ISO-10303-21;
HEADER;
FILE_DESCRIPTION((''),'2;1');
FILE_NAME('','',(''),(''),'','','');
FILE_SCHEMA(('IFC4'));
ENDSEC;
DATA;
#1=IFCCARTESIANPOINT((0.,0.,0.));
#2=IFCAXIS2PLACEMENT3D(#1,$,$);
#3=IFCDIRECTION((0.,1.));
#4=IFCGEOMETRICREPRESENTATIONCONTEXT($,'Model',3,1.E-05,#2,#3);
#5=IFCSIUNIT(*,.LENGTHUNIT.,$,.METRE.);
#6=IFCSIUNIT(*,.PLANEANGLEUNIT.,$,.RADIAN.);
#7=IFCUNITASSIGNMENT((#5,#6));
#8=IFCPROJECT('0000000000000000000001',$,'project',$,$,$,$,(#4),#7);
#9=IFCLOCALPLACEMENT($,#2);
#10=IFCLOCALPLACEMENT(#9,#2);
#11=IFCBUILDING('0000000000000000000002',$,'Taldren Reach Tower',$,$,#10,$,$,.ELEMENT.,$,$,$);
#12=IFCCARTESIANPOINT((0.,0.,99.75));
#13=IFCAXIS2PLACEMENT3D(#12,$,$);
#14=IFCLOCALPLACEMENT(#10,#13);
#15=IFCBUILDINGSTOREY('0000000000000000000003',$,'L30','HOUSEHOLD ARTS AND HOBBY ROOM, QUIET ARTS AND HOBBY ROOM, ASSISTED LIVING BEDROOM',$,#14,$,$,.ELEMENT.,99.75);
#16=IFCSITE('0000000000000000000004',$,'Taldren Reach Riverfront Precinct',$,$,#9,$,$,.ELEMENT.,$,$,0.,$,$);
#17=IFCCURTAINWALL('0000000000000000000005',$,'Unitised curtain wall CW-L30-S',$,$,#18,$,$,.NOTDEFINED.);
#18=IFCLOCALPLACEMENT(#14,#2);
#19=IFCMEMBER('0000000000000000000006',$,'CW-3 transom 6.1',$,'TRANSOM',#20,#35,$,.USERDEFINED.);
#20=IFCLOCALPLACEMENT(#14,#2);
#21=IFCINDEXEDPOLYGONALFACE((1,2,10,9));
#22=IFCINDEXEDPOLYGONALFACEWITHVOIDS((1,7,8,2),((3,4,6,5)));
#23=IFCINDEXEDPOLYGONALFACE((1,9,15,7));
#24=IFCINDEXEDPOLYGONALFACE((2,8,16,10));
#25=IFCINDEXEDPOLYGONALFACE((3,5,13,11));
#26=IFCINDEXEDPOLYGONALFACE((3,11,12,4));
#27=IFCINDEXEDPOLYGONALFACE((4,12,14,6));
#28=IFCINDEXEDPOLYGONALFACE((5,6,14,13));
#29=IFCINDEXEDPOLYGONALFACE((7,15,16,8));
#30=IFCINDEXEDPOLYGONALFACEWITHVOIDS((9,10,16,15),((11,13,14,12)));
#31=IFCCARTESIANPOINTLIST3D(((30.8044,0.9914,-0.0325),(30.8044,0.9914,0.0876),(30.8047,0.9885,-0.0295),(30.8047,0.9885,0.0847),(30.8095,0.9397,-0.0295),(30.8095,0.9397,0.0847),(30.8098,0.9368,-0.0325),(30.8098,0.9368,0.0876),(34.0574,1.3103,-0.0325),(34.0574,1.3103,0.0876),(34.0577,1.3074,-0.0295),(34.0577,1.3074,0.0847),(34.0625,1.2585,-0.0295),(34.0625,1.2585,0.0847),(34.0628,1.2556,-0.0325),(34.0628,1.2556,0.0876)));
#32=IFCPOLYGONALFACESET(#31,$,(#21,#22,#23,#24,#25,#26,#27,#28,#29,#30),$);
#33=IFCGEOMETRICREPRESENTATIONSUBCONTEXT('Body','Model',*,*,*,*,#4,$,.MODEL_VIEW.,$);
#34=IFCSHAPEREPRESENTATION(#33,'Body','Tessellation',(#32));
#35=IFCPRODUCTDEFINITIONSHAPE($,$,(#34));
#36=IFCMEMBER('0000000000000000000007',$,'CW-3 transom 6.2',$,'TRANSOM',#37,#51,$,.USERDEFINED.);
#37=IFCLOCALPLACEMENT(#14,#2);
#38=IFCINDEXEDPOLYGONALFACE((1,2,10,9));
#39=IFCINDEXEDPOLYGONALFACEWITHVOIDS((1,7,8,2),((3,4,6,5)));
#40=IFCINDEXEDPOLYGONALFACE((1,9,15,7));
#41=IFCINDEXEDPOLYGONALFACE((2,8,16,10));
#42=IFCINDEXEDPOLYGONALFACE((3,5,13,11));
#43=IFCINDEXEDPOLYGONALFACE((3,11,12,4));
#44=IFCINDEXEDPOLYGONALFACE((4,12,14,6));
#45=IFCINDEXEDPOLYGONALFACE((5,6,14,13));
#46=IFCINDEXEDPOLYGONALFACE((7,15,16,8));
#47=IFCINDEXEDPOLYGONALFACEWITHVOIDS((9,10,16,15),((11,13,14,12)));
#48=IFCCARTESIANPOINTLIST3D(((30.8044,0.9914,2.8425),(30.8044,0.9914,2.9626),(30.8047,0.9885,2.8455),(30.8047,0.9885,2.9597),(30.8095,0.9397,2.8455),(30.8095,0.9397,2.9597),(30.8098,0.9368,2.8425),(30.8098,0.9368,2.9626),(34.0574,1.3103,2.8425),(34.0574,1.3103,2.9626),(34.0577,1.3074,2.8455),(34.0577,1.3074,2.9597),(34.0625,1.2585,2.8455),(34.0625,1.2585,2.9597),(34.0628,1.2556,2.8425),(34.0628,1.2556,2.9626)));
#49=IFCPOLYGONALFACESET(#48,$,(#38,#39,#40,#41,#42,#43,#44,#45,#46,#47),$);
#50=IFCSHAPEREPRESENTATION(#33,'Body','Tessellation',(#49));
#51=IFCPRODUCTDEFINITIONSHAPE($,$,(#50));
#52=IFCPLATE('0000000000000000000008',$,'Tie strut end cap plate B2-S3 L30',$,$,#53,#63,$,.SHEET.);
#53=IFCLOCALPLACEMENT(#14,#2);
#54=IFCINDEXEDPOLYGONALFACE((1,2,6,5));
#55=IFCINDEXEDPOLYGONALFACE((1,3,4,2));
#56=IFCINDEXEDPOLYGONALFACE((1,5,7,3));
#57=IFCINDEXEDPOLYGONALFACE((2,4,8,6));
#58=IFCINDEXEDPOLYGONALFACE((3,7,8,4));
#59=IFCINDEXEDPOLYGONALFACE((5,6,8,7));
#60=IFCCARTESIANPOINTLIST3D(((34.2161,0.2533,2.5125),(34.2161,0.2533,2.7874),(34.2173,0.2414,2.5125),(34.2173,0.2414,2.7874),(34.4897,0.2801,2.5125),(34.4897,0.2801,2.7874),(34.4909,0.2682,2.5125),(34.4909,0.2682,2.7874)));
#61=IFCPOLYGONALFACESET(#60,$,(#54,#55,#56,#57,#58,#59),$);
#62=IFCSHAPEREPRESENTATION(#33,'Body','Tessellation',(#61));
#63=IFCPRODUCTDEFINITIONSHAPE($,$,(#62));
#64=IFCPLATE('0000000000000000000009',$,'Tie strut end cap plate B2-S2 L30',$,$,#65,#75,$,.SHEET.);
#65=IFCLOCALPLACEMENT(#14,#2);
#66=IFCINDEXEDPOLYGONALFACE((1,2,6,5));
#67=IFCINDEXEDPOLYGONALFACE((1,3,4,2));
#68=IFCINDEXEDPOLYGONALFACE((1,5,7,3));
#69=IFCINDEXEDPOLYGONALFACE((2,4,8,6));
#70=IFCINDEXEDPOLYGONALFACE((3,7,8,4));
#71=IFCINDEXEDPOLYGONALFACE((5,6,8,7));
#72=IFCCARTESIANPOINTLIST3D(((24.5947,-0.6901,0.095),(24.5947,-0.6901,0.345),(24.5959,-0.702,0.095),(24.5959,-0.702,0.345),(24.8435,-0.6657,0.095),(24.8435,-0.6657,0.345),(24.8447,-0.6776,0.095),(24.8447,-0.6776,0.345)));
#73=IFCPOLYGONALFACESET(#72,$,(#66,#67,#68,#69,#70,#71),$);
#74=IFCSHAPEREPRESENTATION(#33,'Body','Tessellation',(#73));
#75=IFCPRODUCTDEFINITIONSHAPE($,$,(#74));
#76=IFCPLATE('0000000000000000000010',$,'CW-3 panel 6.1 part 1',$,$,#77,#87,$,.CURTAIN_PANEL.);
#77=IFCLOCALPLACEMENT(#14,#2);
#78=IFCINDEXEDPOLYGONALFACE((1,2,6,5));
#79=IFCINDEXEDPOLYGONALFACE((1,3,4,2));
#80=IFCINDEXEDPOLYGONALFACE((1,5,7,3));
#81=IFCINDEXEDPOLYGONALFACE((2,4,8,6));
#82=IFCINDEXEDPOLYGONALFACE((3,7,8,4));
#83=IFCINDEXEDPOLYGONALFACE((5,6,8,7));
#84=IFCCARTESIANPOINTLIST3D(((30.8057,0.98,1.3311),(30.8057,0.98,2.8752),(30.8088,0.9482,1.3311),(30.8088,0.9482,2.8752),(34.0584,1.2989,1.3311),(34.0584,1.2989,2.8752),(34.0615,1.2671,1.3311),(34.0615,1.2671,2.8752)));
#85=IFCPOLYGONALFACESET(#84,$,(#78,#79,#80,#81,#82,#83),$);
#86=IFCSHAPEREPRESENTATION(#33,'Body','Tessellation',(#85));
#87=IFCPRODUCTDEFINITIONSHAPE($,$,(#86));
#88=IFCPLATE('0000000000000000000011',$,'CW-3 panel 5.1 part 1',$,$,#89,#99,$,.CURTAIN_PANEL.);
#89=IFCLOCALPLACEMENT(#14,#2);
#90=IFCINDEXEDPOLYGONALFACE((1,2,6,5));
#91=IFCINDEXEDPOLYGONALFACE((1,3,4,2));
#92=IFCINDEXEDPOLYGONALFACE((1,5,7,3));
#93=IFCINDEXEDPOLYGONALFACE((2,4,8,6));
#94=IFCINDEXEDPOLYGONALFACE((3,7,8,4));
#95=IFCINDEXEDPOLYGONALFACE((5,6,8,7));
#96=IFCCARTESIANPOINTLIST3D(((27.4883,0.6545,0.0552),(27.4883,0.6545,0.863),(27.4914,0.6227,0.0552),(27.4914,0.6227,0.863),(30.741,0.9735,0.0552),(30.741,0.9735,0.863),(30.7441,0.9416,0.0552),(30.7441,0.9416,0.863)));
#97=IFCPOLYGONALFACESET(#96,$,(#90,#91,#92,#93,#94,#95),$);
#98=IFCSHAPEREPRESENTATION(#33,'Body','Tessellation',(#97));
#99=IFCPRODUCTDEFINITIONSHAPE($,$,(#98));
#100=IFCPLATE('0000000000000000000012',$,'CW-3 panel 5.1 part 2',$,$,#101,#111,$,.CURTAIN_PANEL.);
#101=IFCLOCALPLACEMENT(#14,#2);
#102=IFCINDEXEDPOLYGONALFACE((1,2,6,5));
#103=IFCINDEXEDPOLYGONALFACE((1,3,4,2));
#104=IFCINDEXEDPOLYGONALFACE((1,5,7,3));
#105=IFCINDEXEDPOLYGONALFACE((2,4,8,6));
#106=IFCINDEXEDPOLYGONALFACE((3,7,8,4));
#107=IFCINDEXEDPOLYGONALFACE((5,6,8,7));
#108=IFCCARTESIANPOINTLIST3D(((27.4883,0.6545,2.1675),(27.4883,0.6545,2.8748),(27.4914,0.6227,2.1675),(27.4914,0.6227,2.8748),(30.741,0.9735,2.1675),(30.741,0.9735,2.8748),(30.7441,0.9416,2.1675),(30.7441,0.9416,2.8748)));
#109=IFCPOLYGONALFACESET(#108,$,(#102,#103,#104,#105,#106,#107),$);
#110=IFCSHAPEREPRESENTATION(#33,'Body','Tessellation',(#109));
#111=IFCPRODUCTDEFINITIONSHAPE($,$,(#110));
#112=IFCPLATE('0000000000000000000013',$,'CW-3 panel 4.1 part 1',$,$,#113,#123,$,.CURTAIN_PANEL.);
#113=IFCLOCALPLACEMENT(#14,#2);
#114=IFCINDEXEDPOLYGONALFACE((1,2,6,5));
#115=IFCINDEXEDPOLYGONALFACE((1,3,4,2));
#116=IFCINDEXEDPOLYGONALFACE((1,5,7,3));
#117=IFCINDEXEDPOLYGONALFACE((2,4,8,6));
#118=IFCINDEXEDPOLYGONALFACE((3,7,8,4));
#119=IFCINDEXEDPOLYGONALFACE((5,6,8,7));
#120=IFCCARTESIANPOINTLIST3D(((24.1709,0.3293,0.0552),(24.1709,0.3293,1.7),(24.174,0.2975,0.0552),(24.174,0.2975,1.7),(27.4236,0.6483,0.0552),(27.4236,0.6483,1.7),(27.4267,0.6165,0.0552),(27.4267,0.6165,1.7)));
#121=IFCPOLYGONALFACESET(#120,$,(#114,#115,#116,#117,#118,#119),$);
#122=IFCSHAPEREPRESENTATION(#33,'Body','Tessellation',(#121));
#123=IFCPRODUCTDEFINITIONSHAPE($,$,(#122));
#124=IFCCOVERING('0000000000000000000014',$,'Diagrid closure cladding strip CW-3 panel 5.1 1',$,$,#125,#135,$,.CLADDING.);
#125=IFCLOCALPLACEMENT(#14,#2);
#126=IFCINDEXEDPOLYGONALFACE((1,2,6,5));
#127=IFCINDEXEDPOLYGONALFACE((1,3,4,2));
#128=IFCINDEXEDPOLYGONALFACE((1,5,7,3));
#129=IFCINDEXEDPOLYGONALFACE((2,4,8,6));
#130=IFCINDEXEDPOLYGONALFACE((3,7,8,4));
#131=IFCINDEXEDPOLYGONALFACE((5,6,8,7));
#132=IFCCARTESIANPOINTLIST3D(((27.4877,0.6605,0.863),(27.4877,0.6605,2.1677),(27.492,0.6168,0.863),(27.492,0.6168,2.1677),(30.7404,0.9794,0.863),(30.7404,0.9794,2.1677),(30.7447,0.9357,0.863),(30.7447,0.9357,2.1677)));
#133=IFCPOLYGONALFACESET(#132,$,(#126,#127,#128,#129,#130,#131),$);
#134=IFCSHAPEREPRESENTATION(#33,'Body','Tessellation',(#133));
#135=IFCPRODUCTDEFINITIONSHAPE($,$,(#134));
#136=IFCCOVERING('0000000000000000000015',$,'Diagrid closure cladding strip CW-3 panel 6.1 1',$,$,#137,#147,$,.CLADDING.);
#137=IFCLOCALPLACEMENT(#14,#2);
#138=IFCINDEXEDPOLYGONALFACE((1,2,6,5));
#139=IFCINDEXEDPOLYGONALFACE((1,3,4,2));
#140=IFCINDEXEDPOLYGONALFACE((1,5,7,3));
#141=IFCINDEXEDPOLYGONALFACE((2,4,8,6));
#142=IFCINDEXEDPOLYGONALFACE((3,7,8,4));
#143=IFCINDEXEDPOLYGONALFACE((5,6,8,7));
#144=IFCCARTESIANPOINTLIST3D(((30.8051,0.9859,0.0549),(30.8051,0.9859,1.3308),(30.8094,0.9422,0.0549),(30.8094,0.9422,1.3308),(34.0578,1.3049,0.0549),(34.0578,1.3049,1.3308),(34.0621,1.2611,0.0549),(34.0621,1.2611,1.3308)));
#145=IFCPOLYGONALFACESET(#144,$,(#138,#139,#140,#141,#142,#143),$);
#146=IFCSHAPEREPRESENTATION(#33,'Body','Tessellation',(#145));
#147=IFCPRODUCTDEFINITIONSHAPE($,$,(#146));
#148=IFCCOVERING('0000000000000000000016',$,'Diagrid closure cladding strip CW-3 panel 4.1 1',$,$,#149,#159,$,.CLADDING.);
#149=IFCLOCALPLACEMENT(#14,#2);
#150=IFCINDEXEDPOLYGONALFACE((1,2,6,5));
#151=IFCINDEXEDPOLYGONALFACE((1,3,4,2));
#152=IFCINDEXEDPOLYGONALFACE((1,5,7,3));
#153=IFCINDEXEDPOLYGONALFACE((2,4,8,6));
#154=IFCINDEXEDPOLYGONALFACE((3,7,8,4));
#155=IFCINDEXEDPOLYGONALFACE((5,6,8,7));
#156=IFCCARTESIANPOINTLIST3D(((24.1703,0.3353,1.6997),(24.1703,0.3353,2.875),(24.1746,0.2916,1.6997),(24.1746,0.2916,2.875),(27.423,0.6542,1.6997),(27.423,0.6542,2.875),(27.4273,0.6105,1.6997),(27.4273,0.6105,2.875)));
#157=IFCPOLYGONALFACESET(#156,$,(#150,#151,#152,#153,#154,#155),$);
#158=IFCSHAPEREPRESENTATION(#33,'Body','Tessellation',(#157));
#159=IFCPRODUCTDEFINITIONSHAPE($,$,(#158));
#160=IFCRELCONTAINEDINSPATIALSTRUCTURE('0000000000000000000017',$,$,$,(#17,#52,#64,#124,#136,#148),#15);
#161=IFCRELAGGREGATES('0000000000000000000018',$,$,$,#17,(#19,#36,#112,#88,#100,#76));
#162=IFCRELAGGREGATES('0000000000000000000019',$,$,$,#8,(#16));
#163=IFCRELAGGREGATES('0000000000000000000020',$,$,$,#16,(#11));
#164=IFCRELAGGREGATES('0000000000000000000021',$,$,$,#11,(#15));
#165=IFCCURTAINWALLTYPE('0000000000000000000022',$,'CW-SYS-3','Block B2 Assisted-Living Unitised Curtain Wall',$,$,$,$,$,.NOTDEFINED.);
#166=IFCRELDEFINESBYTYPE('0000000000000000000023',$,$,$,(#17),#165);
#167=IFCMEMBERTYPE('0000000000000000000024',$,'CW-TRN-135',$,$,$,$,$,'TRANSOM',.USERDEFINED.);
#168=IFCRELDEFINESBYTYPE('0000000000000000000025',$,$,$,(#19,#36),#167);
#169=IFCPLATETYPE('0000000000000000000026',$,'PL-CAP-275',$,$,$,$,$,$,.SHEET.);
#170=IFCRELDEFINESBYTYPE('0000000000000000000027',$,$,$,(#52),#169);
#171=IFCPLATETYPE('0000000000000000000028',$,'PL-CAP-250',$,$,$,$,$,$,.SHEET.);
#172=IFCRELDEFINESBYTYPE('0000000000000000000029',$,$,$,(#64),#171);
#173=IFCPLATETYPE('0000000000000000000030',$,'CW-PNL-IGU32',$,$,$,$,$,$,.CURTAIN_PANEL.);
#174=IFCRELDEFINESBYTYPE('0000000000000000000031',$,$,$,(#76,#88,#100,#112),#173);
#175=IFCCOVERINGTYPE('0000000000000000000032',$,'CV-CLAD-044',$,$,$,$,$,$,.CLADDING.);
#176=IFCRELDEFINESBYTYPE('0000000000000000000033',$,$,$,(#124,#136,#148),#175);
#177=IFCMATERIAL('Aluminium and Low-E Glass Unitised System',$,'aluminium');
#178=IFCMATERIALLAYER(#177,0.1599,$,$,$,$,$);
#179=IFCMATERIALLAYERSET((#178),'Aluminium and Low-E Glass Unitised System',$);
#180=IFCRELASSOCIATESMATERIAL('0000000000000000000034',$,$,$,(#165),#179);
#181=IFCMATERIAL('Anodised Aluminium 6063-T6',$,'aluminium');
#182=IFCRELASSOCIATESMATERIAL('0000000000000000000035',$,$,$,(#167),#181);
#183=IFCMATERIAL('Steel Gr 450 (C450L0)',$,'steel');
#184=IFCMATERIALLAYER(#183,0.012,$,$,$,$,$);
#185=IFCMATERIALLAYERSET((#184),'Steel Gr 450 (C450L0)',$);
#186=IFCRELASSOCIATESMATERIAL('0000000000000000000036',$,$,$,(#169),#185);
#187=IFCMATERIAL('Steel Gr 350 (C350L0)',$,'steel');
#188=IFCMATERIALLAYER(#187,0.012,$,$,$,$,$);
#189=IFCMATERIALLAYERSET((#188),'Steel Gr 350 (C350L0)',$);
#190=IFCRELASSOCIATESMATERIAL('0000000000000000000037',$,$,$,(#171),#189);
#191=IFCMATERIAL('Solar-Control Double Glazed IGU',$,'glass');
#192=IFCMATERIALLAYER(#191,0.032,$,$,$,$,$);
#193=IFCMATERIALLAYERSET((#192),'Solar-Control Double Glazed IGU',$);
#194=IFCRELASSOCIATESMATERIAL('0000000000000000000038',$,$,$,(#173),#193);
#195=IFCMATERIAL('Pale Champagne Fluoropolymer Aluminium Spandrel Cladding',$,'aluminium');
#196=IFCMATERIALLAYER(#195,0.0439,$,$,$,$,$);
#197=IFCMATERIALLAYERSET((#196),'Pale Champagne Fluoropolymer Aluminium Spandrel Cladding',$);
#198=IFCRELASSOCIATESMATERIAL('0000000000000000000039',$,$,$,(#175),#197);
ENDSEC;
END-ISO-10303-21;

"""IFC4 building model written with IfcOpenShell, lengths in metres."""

from ifc_helpers import new_model, si_unit, direction, frame, origin, origin_2d, place, context, subcontext, project, spatial, rectangle, hollow_rectangle, extrude, source, transform, mapped, material, layer, layer_set, material_profile, profile_set, type_object, element, aggregate, save


model = new_model("IFC4")

# Units and contexts
model_context = context("Model", 3, precision=1e-05, world=origin(), true_north=direction((0.0, 1.0)))
body_context = subcontext(model_context, "Body", "Model", "MODEL_VIEW")
ifc_project = project(units=[si_unit("LENGTHUNIT", "METRE"), si_unit("PLANEANGLEUNIT", "RADIAN")], contexts=[model_context])

# Site, building, storey
site_placement = place(None, origin())
site = spatial("IfcSite", under=ifc_project, at=site_placement, Name="Taldren Reach Riverfront Precinct", CompositionType="ELEMENT", RefElevation=0.0)
building_placement = place(site_placement, origin())
building = spatial("IfcBuilding", under=site, at=building_placement, Name="Taldren Reach Tower", CompositionType="ELEMENT")
storey_placement = place(building_placement, frame((0.0, 0.0, 99.75)))
storey = spatial("IfcBuildingStorey", under=building, at=storey_placement, Name="L30", Description="HOUSEHOLD ARTS AND HOBBY ROOM, QUIET ARTS AND HOBBY ROOM, ASSISTED LIVING BEDROOM", CompositionType="ELEMENT", Elevation=99.75)

# Shared definitions
ifc_material_1 = material(Name="Steel Gr 450 (C450L0)", Category="steel")
ifc_material_2 = material(Name="Steel Gr 350 (C350L0)", Category="steel")

# Curtain wall, members
ifc_material_3 = material(Name="Aluminium and Low-E Glass Unitised System", Category="aluminium")
ifc_layer_1 = layer(ifc_material_3, 0.1599)
ifc_layer_set_1 = layer_set([ifc_layer_1], Name="Aluminium and Low-E Glass Unitised System")
curtain_wall_type = type_object("IfcCurtainWallType", Name="CW-SYS-3", Description="Block B2 Assisted-Living Unitised Curtain Wall", PredefinedType="NOTDEFINED", material=ifc_layer_set_1)
curtain_wall_placement = place(storey_placement, origin())
curtain_wall = element("IfcCurtainWall", 1, at=curtain_wall_placement, inside=storey, type_object=curtain_wall_type, Name="Unitised curtain wall CW-L30-S", PredefinedType="NOTDEFINED")
ifc_material_4 = material(Name="Anodised Aluminium 6063-T6", Category="aluminium")
ifc_material_profile_1 = material_profile(ifc_material_4, hollow_rectangle(XDim=0.0549, YDim=0.1201, WallThickness=0.0029, at=origin_2d()), Name="ALU-120x55x3RHS")
ifc_profile_set_1 = profile_set([ifc_material_profile_1], Name="Anodised Aluminium 6063-T6")
member_type_1 = type_object("IfcMemberType", Name="CW-TRN-135", ElementType="TRANSOM", PredefinedType="USERDEFINED", material=ifc_profile_set_1)
shared_shape_1 = source(origin(), body_context, "Body", "SweptSolid", [
    extrude(hollow_rectangle(XDim=0.0549, YDim=0.1201, WallThickness=0.0029, at=origin_2d()), origin(), (0.0, 0.0, 1.0), 3.2686),
])
member_1_placement = place(storey_placement, frame((30.8071, 0.9641, 0.0276), z_axis=(0.995231, 0.097551, 0.0), x_axis=(-0.097551, 0.995231, 0.0)))
member_1 = element("IfcMember", 2, at=member_1_placement, type_object=member_type_1, Name="CW-3 transom 6.1", ObjectType="TRANSOM", PredefinedType="USERDEFINED", context=body_context, shape_type="MappedRepresentation", body=[
    mapped(shared_shape_1, transform((0.0, 0.0, 0.0), scale=1.0)),
])
member_2_placement = place(storey_placement, frame((30.8071, 0.9641, 2.9026), z_axis=(0.995231, 0.097551, 0.0), x_axis=(-0.097551, 0.995231, 0.0)))
member_2 = element("IfcMember", 3, at=member_2_placement, type_object=member_type_1, Name="CW-3 transom 6.2", ObjectType="TRANSOM", PredefinedType="USERDEFINED", context=body_context, shape_type="MappedRepresentation", body=[
    mapped(shared_shape_1, transform((0.0, 0.0, 0.0), scale=1.0)),
])

# Plates
ifc_layer_2 = layer(ifc_material_1, 0.012)
ifc_layer_set_2 = layer_set([ifc_layer_2], Name="Steel Gr 450 (C450L0)")
plate_type_1 = type_object("IfcPlateType", Name="PL-CAP-275", PredefinedType="SHEET", material=ifc_layer_set_2)
shared_shape_2 = source(origin(), body_context, "Body", "SweptSolid", [
    extrude(rectangle(XDim=0.2749, YDim=0.012, at=origin_2d()), origin(), (0.0, 0.0, 1.0), 0.2749),
])
plate_1_placement = place(storey_placement, frame((34.3535, 0.2607, 2.5125), z_axis=(0.0, 0.0, 1.0), x_axis=(0.995227, 0.097583, 0.0)))
element("IfcPlate", 4, at=plate_1_placement, inside=storey, type_object=plate_type_1, Name="Tie strut end cap plate B2-S3 L30", PredefinedType="SHEET", context=body_context, shape_type="MappedRepresentation", body=[
    mapped(shared_shape_2, transform((0.0, 0.0, 0.0), scale=1.0)),
])
ifc_layer_3 = layer(ifc_material_2, 0.012)
ifc_layer_set_3 = layer_set([ifc_layer_3], Name="Steel Gr 350 (C350L0)")
plate_type_2 = type_object("IfcPlateType", Name="PL-CAP-250", PredefinedType="SHEET", material=ifc_layer_set_3)
shared_shape_3 = source(origin(), body_context, "Body", "SweptSolid", [
    extrude(rectangle(XDim=0.25, YDim=0.012, at=origin_2d()), origin(), (0.0, 0.0, 1.0), 0.25),
])
plate_2_placement = place(storey_placement, frame((24.7197, -0.6838, 0.095), z_axis=(0.0, 0.0, 1.0), x_axis=(0.995227, 0.097583, 0.0)))
element("IfcPlate", 5, at=plate_2_placement, inside=storey, type_object=plate_type_2, Name="Tie strut end cap plate B2-S2 L30", PredefinedType="SHEET", context=body_context, shape_type="MappedRepresentation", body=[
    mapped(shared_shape_3, transform((0.0, 0.0, 0.0), scale=1.0)),
])

# Plates
ifc_material_5 = material(Name="Solar-Control Double Glazed IGU", Category="glass")
ifc_layer_4 = layer(ifc_material_5, 0.032)
ifc_layer_set_4 = layer_set([ifc_layer_4], Name="Solar-Control Double Glazed IGU")
plate_type_3 = type_object("IfcPlateType", Name="CW-PNL-IGU32", PredefinedType="CURTAIN_PANEL", material=ifc_layer_set_4)
shared_shape_4 = source(origin(), body_context, "Body", "SweptSolid", [
    extrude(rectangle(XDim=3.2683, YDim=0.032, at=origin_2d()), origin(), (0.0, 0.0, 1.0), 1.5442),
])
plate_3_placement = place(storey_placement, frame((32.4336, 1.1235, 1.3311), z_axis=(0.0, 0.0, 1.0), x_axis=(0.995227, 0.097583, 0.0)))
plate_3 = element("IfcPlate", 6, at=plate_3_placement, type_object=plate_type_3, Name="CW-3 panel 6.1 part 1", PredefinedType="CURTAIN_PANEL", context=body_context, shape_type="MappedRepresentation", body=[
    mapped(shared_shape_4, transform((0.0, 0.0, 0.0), scale=1.0)),
])
shared_shape_5 = source(origin(), body_context, "Body", "SweptSolid", [
    extrude(rectangle(XDim=3.2683, YDim=0.032, at=origin_2d()), origin(), (0.0, 0.0, 1.0), 0.8079),
])
plate_4_placement = place(storey_placement, frame((29.1162, 0.7981, 0.0552), z_axis=(0.0, 0.0, 1.0), x_axis=(0.995227, 0.097583, 0.0)))
plate_4 = element("IfcPlate", 7, at=plate_4_placement, type_object=plate_type_3, Name="CW-3 panel 5.1 part 1", PredefinedType="CURTAIN_PANEL", context=body_context, shape_type="MappedRepresentation", body=[
    mapped(shared_shape_5, transform((0.0, 0.0, 0.0), scale=1.0)),
])
shared_shape_6 = source(origin(), body_context, "Body", "SweptSolid", [
    extrude(rectangle(XDim=3.2683, YDim=0.032, at=origin_2d()), origin(), (0.0, 0.0, 1.0), 0.7073),
])
plate_5_placement = place(storey_placement, frame((29.1162, 0.7981, 2.1675), z_axis=(0.0, 0.0, 1.0), x_axis=(0.995227, 0.097583, 0.0)))
plate_5 = element("IfcPlate", 8, at=plate_5_placement, type_object=plate_type_3, Name="CW-3 panel 5.1 part 2", PredefinedType="CURTAIN_PANEL", context=body_context, shape_type="MappedRepresentation", body=[
    mapped(shared_shape_6, transform((0.0, 0.0, 0.0), scale=1.0)),
])
shared_shape_7 = source(origin(), body_context, "Body", "SweptSolid", [
    extrude(rectangle(XDim=3.2683, YDim=0.032, at=origin_2d()), origin(), (0.0, 0.0, 1.0), 1.6448),
])
plate_6_placement = place(storey_placement, frame((25.7988, 0.4729, 0.0552), z_axis=(0.0, 0.0, 1.0), x_axis=(0.995227, 0.097583, 0.0)))
plate_6 = element("IfcPlate", 9, at=plate_6_placement, type_object=plate_type_3, Name="CW-3 panel 4.1 part 1", PredefinedType="CURTAIN_PANEL", context=body_context, shape_type="MappedRepresentation", body=[
    mapped(shared_shape_7, transform((0.0, 0.0, 0.0), scale=1.0)),
])
aggregate(curtain_wall, [member_1, member_2, plate_6, plate_4, plate_5, plate_3])

# Coverings
ifc_material_6 = material(Name="Pale Champagne Fluoropolymer Aluminium Spandrel Cladding", Category="aluminium")
ifc_layer_5 = layer(ifc_material_6, 0.0439)
ifc_layer_set_5 = layer_set([ifc_layer_5], Name="Pale Champagne Fluoropolymer Aluminium Spandrel Cladding")
covering_type = type_object("IfcCoveringType", Name="CV-CLAD-044", PredefinedType="CLADDING", material=ifc_layer_set_5)
shared_shape_8 = source(origin(), body_context, "Body", "SweptSolid", [
    extrude(rectangle(XDim=3.2683, YDim=0.0439, at=origin_2d()), origin(), (0.0, 0.0, 1.0), 1.3047),
])
covering_1_placement = place(storey_placement, frame((29.1162, 0.7981, 0.863), z_axis=(0.0, 0.0, 1.0), x_axis=(0.995227, 0.097583, 0.0)))
element("IfcCovering", 10, at=covering_1_placement, inside=storey, type_object=covering_type, Name="Diagrid closure cladding strip CW-3 panel 5.1 1", PredefinedType="CLADDING", context=body_context, shape_type="MappedRepresentation", body=[
    mapped(shared_shape_8, transform((0.0, 0.0, 0.0), scale=1.0)),
])
shared_shape_9 = source(origin(), body_context, "Body", "SweptSolid", [
    extrude(rectangle(XDim=3.2683, YDim=0.0439, at=origin_2d()), origin(), (0.0, 0.0, 1.0), 1.2759),
])
covering_2_placement = place(storey_placement, frame((32.4336, 1.1235, 0.0549), z_axis=(0.0, 0.0, 1.0), x_axis=(0.995227, 0.097583, 0.0)))
element("IfcCovering", 11, at=covering_2_placement, inside=storey, type_object=covering_type, Name="Diagrid closure cladding strip CW-3 panel 6.1 1", PredefinedType="CLADDING", context=body_context, shape_type="MappedRepresentation", body=[
    mapped(shared_shape_9, transform((0.0, 0.0, 0.0), scale=1.0)),
])
shared_shape_10 = source(origin(), body_context, "Body", "SweptSolid", [
    extrude(rectangle(XDim=3.2683, YDim=0.0439, at=origin_2d()), origin(), (0.0, 0.0, 1.0), 1.1753),
])
covering_3_placement = place(storey_placement, frame((25.7988, 0.4729, 1.6997), z_axis=(0.0, 0.0, 1.0), x_axis=(0.995227, 0.097583, 0.0)))
element("IfcCovering", 12, at=covering_3_placement, inside=storey, type_object=covering_type, Name="Diagrid closure cladding strip CW-3 panel 4.1 1", PredefinedType="CLADDING", context=body_context, shape_type="MappedRepresentation", body=[
    mapped(shared_shape_10, transform((0.0, 0.0, 0.0), scale=1.0)),
])

save(model, "model.ifc")
